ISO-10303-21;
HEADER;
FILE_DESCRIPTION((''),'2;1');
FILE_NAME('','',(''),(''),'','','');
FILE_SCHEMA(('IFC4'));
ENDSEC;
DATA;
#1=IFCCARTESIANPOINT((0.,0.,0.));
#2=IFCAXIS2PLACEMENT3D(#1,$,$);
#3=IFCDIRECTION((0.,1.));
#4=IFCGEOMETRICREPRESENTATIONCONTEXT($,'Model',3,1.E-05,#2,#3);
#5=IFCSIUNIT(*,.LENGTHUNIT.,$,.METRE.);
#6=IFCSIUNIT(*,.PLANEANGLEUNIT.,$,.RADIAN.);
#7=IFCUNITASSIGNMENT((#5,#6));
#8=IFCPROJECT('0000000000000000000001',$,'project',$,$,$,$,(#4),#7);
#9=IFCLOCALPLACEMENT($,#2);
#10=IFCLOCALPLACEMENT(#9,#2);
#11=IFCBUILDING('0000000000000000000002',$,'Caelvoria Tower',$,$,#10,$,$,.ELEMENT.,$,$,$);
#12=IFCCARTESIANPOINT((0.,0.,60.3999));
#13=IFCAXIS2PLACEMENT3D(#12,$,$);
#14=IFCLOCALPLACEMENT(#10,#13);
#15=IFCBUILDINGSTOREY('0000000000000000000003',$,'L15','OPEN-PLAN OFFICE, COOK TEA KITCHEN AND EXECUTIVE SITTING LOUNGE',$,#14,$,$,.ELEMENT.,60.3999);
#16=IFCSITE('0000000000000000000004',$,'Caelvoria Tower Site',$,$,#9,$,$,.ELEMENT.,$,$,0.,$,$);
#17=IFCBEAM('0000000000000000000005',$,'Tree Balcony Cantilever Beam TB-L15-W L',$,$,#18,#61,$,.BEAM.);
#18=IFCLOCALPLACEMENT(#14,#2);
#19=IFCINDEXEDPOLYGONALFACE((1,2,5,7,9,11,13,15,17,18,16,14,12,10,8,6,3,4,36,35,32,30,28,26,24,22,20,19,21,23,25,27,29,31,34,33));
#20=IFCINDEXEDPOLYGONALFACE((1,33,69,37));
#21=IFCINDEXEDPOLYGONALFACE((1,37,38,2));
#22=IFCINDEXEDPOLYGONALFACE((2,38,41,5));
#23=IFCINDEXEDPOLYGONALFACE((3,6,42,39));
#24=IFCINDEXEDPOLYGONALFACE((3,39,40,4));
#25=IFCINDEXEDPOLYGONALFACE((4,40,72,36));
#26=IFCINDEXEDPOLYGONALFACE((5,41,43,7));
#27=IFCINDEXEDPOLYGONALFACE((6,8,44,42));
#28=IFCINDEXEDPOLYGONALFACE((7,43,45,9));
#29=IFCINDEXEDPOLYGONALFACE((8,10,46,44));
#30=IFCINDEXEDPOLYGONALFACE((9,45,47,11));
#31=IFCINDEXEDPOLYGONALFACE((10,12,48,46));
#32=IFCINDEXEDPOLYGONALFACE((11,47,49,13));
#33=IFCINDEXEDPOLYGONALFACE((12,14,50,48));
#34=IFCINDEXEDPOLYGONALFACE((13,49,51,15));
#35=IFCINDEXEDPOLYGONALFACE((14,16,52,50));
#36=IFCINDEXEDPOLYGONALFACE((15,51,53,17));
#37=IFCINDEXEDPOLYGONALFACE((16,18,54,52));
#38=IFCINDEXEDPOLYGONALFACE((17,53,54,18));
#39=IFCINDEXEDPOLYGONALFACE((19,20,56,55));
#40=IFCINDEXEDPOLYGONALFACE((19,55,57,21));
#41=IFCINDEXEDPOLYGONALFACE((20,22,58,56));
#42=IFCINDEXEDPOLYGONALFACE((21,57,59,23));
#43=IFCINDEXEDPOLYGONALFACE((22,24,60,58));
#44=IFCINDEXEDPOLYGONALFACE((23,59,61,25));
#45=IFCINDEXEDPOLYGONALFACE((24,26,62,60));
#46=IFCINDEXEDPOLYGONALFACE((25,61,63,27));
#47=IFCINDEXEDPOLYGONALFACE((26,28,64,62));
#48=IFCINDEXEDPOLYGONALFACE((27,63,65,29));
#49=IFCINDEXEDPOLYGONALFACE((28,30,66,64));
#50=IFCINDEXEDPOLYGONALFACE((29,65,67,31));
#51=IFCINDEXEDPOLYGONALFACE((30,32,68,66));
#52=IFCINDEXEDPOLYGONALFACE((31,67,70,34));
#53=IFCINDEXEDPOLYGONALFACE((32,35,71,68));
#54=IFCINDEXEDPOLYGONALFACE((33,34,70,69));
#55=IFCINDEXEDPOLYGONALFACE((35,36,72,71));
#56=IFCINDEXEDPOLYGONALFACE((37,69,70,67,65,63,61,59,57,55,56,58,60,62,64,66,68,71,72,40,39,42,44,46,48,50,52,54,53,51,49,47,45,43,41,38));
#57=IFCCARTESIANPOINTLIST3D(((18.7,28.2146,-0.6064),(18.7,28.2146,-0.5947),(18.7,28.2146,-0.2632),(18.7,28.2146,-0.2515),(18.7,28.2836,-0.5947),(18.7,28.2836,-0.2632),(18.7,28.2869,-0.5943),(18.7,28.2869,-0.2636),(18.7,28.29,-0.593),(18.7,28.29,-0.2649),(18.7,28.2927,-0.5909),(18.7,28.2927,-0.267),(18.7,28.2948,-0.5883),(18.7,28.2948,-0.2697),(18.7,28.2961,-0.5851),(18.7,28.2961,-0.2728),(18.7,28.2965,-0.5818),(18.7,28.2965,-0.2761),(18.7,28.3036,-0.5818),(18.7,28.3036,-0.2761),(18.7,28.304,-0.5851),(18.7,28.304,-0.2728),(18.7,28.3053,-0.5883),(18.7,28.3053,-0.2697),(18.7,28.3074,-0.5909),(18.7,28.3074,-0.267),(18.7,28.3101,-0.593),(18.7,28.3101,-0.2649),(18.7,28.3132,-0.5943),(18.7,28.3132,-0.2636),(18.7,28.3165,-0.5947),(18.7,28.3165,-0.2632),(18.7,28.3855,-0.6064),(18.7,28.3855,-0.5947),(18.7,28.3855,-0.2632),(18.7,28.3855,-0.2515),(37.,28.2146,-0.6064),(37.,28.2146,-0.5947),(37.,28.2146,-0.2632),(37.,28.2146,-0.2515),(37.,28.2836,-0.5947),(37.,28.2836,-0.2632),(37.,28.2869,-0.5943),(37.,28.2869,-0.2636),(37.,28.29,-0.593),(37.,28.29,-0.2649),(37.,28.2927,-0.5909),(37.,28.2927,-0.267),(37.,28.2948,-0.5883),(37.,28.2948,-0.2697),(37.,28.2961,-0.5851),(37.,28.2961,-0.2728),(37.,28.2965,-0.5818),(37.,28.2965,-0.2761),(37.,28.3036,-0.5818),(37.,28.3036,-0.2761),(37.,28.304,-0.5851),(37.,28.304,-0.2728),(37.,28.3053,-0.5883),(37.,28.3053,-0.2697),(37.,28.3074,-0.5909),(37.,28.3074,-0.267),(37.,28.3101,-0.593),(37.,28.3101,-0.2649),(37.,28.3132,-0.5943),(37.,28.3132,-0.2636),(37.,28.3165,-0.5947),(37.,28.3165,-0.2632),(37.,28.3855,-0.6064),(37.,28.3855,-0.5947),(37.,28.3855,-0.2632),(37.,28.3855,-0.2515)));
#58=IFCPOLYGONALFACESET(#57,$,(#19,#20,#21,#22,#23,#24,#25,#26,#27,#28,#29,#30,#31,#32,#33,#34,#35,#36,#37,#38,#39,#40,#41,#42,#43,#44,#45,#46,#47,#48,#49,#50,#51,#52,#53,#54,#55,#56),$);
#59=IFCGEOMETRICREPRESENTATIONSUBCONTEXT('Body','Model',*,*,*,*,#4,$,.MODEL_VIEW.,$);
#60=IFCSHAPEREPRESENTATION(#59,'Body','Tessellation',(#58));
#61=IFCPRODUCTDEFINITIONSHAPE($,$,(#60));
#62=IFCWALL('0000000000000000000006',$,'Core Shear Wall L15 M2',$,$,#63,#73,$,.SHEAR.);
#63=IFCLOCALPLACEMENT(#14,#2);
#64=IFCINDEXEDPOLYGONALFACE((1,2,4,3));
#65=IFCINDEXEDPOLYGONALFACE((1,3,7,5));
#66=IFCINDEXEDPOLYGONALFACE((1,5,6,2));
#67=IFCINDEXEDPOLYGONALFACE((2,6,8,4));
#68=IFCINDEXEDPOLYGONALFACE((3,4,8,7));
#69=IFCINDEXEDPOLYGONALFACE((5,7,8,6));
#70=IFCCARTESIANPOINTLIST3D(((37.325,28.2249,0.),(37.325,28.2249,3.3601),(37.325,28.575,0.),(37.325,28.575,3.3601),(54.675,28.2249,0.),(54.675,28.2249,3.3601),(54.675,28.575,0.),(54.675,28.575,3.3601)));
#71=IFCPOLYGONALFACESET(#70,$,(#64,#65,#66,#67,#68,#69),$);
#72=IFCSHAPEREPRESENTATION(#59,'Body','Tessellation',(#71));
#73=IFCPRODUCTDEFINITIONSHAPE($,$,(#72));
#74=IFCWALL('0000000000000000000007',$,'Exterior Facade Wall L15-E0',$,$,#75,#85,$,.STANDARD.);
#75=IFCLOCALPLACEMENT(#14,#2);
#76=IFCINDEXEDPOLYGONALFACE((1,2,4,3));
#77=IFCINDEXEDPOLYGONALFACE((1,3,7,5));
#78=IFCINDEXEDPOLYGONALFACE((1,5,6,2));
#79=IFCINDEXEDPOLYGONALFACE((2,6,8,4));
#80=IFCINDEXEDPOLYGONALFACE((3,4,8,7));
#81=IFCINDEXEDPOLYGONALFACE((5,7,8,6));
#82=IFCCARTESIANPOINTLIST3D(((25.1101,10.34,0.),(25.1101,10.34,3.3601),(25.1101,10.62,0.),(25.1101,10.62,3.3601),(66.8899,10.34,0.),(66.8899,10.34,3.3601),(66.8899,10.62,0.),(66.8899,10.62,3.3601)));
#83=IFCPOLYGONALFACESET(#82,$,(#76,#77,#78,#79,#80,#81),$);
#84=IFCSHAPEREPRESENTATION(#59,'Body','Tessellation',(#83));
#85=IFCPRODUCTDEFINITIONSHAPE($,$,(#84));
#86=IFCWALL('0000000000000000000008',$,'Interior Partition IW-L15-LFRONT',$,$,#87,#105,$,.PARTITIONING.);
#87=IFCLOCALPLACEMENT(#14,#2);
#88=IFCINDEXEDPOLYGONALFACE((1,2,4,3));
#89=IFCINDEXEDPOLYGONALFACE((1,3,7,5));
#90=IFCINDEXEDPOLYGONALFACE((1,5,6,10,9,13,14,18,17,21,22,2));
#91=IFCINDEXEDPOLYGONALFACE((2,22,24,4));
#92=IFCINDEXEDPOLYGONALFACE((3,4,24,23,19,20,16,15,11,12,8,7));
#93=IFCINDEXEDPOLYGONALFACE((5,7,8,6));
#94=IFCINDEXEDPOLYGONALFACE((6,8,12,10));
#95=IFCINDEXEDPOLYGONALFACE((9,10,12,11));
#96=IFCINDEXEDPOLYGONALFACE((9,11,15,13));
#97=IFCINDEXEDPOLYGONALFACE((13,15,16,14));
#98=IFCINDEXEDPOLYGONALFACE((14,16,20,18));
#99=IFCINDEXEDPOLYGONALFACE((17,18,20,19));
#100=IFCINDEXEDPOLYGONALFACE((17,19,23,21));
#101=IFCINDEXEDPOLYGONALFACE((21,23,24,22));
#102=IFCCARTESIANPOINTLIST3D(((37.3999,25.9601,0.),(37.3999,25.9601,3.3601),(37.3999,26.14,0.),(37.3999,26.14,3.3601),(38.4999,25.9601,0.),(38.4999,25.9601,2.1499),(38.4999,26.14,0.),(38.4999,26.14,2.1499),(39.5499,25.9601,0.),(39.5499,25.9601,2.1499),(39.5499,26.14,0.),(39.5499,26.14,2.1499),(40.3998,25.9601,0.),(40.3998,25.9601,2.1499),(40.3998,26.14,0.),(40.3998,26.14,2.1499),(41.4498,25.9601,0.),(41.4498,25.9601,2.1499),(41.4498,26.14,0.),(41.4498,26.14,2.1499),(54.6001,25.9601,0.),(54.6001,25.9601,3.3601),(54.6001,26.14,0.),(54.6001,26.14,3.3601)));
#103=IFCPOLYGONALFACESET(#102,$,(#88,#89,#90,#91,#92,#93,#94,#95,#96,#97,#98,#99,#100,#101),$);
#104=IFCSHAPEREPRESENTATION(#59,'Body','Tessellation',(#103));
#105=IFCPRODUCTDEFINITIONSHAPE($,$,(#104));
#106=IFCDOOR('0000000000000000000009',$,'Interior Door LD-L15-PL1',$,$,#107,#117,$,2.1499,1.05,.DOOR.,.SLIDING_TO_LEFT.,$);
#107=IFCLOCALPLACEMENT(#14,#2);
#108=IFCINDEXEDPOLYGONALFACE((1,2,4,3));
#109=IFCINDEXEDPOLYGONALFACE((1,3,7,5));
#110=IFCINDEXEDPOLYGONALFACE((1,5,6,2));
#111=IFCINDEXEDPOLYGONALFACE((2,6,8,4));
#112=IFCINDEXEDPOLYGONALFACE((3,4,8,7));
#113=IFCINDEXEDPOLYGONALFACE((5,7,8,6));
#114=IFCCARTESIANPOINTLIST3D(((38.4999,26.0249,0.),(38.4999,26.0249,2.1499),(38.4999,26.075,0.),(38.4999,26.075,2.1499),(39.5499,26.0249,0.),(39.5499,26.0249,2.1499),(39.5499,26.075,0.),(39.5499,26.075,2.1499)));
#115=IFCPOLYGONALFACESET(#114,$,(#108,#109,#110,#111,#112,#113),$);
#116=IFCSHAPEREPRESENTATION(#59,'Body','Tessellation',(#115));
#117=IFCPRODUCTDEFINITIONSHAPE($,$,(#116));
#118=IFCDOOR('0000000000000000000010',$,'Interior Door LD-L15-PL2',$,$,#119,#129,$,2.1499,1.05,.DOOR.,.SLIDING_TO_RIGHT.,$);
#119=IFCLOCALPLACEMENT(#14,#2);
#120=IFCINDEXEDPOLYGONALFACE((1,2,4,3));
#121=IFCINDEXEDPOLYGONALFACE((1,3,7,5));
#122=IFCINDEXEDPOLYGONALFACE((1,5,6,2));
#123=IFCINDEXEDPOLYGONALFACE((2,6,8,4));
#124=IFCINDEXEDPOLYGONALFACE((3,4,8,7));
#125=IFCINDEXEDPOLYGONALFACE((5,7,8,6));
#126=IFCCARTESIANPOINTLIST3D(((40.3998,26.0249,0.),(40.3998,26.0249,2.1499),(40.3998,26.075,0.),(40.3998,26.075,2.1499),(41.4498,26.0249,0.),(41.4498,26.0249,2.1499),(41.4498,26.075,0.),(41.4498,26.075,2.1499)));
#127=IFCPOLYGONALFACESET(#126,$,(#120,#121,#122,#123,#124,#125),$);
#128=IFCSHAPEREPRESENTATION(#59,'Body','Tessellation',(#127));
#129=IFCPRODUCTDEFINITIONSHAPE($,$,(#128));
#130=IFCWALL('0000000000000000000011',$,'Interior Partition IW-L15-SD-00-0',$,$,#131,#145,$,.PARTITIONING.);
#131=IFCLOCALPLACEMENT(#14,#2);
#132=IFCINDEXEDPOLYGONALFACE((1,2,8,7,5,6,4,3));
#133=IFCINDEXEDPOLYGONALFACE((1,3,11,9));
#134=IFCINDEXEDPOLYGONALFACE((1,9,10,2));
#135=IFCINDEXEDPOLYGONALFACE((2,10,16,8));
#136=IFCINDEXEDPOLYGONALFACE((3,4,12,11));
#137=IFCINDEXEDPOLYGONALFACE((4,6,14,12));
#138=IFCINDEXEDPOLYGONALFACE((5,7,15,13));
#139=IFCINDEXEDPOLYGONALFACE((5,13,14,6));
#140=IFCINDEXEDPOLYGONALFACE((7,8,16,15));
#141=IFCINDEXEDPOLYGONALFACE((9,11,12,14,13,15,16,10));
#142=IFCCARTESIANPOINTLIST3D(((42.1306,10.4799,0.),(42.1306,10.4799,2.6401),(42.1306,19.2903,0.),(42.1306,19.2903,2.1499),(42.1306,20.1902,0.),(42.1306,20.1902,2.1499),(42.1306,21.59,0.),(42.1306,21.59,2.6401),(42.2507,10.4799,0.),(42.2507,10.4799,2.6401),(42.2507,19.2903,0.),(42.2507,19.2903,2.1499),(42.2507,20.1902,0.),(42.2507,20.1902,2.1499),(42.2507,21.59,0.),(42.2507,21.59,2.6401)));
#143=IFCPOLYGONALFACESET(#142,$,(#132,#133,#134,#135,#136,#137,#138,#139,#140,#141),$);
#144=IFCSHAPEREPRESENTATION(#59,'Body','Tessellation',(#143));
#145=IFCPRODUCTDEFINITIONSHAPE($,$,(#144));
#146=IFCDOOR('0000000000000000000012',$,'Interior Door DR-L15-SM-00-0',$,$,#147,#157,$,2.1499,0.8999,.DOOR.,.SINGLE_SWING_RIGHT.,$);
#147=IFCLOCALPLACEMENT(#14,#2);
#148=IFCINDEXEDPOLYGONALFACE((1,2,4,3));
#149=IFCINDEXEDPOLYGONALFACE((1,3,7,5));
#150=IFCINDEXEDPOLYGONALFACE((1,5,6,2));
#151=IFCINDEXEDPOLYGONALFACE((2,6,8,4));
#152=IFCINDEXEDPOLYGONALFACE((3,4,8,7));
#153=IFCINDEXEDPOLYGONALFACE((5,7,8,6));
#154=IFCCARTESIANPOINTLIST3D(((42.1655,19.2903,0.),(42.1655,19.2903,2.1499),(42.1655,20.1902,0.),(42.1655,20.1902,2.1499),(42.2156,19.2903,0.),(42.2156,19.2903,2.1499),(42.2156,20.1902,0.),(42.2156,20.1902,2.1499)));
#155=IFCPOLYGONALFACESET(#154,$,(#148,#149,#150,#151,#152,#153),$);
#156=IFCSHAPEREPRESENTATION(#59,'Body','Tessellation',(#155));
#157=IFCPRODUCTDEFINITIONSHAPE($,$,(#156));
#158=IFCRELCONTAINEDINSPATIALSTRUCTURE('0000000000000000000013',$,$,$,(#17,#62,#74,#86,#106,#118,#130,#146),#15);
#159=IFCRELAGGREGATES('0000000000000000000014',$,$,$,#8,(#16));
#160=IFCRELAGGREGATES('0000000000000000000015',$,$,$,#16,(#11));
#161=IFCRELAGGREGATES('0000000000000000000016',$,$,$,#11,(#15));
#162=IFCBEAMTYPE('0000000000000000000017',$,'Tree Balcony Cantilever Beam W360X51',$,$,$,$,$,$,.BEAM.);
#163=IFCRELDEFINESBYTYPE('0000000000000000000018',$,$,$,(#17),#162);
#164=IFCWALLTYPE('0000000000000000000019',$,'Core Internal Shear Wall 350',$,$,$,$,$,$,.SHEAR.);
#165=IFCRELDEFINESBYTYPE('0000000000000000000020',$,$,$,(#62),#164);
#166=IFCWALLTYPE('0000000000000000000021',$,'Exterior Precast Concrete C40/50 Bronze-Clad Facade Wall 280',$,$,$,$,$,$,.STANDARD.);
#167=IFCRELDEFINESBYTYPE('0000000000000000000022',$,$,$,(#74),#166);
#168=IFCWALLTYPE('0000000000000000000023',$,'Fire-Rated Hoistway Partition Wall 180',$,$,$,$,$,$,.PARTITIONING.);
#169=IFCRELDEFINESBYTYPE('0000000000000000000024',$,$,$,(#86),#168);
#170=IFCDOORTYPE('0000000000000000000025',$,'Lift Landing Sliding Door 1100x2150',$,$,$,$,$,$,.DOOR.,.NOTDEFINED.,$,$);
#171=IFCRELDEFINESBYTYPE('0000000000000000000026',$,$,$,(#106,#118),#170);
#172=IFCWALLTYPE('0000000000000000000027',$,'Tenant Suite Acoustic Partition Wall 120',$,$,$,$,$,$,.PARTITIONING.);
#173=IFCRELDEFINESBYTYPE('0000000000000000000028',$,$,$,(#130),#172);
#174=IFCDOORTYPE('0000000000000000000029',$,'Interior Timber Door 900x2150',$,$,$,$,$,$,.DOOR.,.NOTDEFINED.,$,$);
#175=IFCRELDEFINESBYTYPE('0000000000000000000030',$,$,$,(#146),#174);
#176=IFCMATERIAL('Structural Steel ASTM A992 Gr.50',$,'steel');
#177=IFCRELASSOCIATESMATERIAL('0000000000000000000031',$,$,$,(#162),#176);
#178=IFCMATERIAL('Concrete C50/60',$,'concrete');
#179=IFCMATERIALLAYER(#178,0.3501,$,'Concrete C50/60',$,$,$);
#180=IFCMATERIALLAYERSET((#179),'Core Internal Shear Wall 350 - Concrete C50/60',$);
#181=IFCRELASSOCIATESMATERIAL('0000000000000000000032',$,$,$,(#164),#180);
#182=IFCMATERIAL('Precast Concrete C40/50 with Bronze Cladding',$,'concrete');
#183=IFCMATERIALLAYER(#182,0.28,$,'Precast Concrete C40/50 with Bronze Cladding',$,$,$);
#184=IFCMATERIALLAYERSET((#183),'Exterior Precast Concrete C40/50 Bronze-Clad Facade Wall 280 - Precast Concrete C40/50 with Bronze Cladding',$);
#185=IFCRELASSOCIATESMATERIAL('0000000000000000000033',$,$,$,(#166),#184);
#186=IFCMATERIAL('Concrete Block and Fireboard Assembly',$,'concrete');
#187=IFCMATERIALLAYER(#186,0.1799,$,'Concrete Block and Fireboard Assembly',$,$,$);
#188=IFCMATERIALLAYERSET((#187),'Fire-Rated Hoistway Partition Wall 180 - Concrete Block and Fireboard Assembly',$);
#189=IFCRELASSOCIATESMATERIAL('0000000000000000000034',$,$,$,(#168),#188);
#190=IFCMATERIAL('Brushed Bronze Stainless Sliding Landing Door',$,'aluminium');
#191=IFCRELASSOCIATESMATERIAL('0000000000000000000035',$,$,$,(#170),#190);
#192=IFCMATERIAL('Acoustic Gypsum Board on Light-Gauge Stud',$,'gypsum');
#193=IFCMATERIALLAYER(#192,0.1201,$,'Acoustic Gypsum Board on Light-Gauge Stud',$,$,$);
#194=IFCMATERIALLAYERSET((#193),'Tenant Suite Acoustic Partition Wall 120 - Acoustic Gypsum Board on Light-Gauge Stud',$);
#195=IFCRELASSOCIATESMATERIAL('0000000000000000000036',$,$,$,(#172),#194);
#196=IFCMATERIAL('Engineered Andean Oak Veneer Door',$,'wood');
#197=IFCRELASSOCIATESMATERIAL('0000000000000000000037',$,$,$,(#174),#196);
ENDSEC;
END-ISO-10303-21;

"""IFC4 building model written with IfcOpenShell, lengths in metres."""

from ifc_helpers import new_model, si_unit, direction, frame, frame_2d, origin, origin_2d, place, context, subcontext, project, spatial, rectangle, i_section, extrude, material, layer, layer_set, material_profile, profile_set, type_object, element, fill, save


model = new_model("IFC4")

# Units and contexts
model_context = context("Model", 3, precision=1e-05, world=origin(), true_north=direction((0.0, 1.0)))
body_context = subcontext(model_context, "Body", "Model", "MODEL_VIEW")
ifc_project = project(units=[si_unit("LENGTHUNIT", "METRE"), si_unit("PLANEANGLEUNIT", "RADIAN")], contexts=[model_context])

# Site, building, storey
site_placement = place(None, origin())
site = spatial("IfcSite", under=ifc_project, at=site_placement, Name="Caelvoria Tower Site", CompositionType="ELEMENT", RefElevation=0.0)
building_placement = place(site_placement, origin())
building = spatial("IfcBuilding", under=site, at=building_placement, Name="Caelvoria Tower", CompositionType="ELEMENT")
storey_placement = place(building_placement, frame((0.0, 0.0, 60.3999)))
storey = spatial("IfcBuildingStorey", under=building, at=storey_placement, Name="L15", Description="OPEN-PLAN OFFICE, COOK TEA KITCHEN AND EXECUTIVE SITTING LOUNGE", CompositionType="ELEMENT", Elevation=60.3999)

# Beam
ifc_material_1 = material(Name="Structural Steel ASTM A992 Gr.50", Category="steel")
ifc_material_profile_1 = material_profile(ifc_material_1, i_section(OverallWidth=0.1709, OverallDepth=0.355, WebThickness=0.0071, FlangeThickness=0.0117, FilletRadius=0.0129, at=origin_2d()), Name="Structural Steel ASTM A992 Gr.50")
ifc_profile_set_1 = profile_set([ifc_material_profile_1], Name="W360X51 - Structural Steel ASTM A992 Gr.50")
beam_type_1 = type_object("IfcBeamType", Name="Tree Balcony Cantilever Beam W360X51", PredefinedType="BEAM", material=ifc_profile_set_1)
beam_1_placement = place(storey_placement, frame((37.0, 28.3, -0.429), z_axis=(-1.0, 0.0, 0.0), x_axis=(0.0, -1.0, 0.0)))
element("IfcBeam", 1, at=beam_1_placement, inside=storey, type_object=beam_type_1, Name="Tree Balcony Cantilever Beam TB-L15-W L", PredefinedType="BEAM", context=body_context, shape_type="SweptSolid", body=[
    extrude(i_section(OverallWidth=0.1709, OverallDepth=0.355, WebThickness=0.0071, FlangeThickness=0.0117, FilletRadius=0.0129, at=origin_2d()), origin(), (0.0, 0.0, 1.0), 18.3),
])

# Walls
ifc_material_2 = material(Name="Concrete C50/60", Category="concrete")
ifc_layer_1 = layer(ifc_material_2, 0.3501, Name="Concrete C50/60")
ifc_layer_set_1 = layer_set([ifc_layer_1], Name="Core Internal Shear Wall 350 - Concrete C50/60")
wall_type_1 = type_object("IfcWallType", Name="Core Internal Shear Wall 350", PredefinedType="SHEAR", material=ifc_layer_set_1)
wall_1_placement = place(storey_placement, frame((37.325, 28.3999, 0.0), z_axis=(0.0, 0.0, 1.0), x_axis=(1.0, 0.0, 0.0)))
element("IfcWall", 2, at=wall_1_placement, inside=storey, type_object=wall_type_1, Name="Core Shear Wall L15 M2", PredefinedType="SHEAR", context=body_context, shape_type="SweptSolid", body=[
    extrude(rectangle(XDim=17.3501, YDim=0.3501, at=frame_2d((8.675, 0.0))), origin(), (0.0, 0.0, 1.0), 3.3601),
])
ifc_material_3 = material(Name="Precast Concrete C40/50 with Bronze Cladding", Category="concrete")
ifc_layer_2 = layer(ifc_material_3, 0.28, Name="Precast Concrete C40/50 with Bronze Cladding")
ifc_layer_set_2 = layer_set([ifc_layer_2], Name="Exterior Precast Concrete C40/50 Bronze-Clad Facade Wall 280 - Precast Concrete C40/50 with Bronze Cladding")
wall_type_2 = type_object("IfcWallType", Name="Exterior Precast Concrete C40/50 Bronze-Clad Facade Wall 280", PredefinedType="STANDARD", material=ifc_layer_set_2)
wall_2_placement = place(storey_placement, frame((25.1101, 10.48, 0.0), z_axis=(0.0, 0.0, 1.0), x_axis=(1.0, 0.0, 0.0)))
element("IfcWall", 3, at=wall_2_placement, inside=storey, type_object=wall_type_2, Name="Exterior Facade Wall L15-E0", PredefinedType="STANDARD", context=body_context, shape_type="SweptSolid", body=[
    extrude(rectangle(XDim=41.7798, YDim=0.28, at=frame_2d((20.8899, 0.0))), origin(), (0.0, 0.0, 1.0), 3.3601),
])

# Wall, openings, doors
ifc_material_4 = material(Name="Concrete Block and Fireboard Assembly", Category="concrete")
ifc_layer_3 = layer(ifc_material_4, 0.1799, Name="Concrete Block and Fireboard Assembly")
ifc_layer_set_3 = layer_set([ifc_layer_3], Name="Fire-Rated Hoistway Partition Wall 180 - Concrete Block and Fireboard Assembly")
wall_type_3 = type_object("IfcWallType", Name="Fire-Rated Hoistway Partition Wall 180", PredefinedType="PARTITIONING", material=ifc_layer_set_3)
wall_3_placement = place(storey_placement, frame((37.3999, 26.05, 0.0), z_axis=(0.0, 0.0, 1.0), x_axis=(1.0, 0.0, 0.0)))
wall_3 = element("IfcWall", 4, at=wall_3_placement, inside=storey, type_object=wall_type_3, Name="Interior Partition IW-L15-LFRONT", PredefinedType="PARTITIONING", context=body_context, shape_type="SweptSolid", body=[
    extrude(rectangle(XDim=17.2002, YDim=0.1799, at=frame_2d((8.6001, 0.0))), origin(), (0.0, 0.0, 1.0), 3.3601),
])
opening_1_placement = place(wall_3_placement, frame((1.1001, 0.0, 0.0)))
opening_1 = element("IfcOpeningElement", 5, at=opening_1_placement, cuts=wall_3, PredefinedType="OPENING", context=body_context, shape_type="SweptSolid", body=[
    extrude(rectangle(XDim=1.05, YDim=2.1499, at=frame_2d((0.5249, 1.075))), frame((0.0, 0.0999, 0.0), z_axis=(0.0, -1.0, 0.0), x_axis=(1.0, 0.0, 0.0)), (0.0, 0.0, 1.0), 0.2),
])
opening_2_placement = place(wall_3_placement, frame((3.0, 0.0, 0.0)))
opening_2 = element("IfcOpeningElement", 6, at=opening_2_placement, cuts=wall_3, PredefinedType="OPENING", context=body_context, shape_type="SweptSolid", body=[
    extrude(rectangle(XDim=1.05, YDim=2.1499, at=frame_2d((0.5249, 1.075))), frame((0.0, 0.0999, 0.0), z_axis=(0.0, -1.0, 0.0), x_axis=(1.0, 0.0, 0.0)), (0.0, 0.0, 1.0), 0.2),
])
ifc_material_5 = material(Name="Brushed Bronze Stainless Sliding Landing Door", Category="aluminium")
door_type_1 = type_object("IfcDoorType", Name="Lift Landing Sliding Door 1100x2150", OperationType="NOTDEFINED", PredefinedType="DOOR", material=ifc_material_5)
door_1_placement = place(opening_1_placement, origin())
door_1 = element("IfcDoor", 7, at=door_1_placement, inside=storey, type_object=door_type_1, Name="Interior Door LD-L15-PL1", OperationType="SLIDING_TO_LEFT", OverallHeight=2.1499, OverallWidth=1.05, PredefinedType="DOOR", context=body_context, shape_type="SweptSolid", body=[
    extrude(rectangle(XDim=1.05, YDim=2.1499, at=frame_2d((0.5249, 1.075))), frame((0.0, 0.0249, 0.0), z_axis=(0.0, -1.0, 0.0), x_axis=(1.0, 0.0, 0.0)), (0.0, 0.0, 1.0), 0.05),
])
fill(opening_1, door_1)
door_2_placement = place(opening_2_placement, origin())
door_2 = element("IfcDoor", 8, at=door_2_placement, inside=storey, type_object=door_type_1, Name="Interior Door LD-L15-PL2", OperationType="SLIDING_TO_RIGHT", OverallHeight=2.1499, OverallWidth=1.05, PredefinedType="DOOR", context=body_context, shape_type="SweptSolid", body=[
    extrude(rectangle(XDim=1.05, YDim=2.1499, at=frame_2d((0.5249, 1.075))), frame((0.0, 0.0249, 0.0), z_axis=(0.0, -1.0, 0.0), x_axis=(1.0, 0.0, 0.0)), (0.0, 0.0, 1.0), 0.05),
])
fill(opening_2, door_2)

# Wall, opening, door
ifc_material_6 = material(Name="Acoustic Gypsum Board on Light-Gauge Stud", Category="gypsum")
ifc_layer_4 = layer(ifc_material_6, 0.1201, Name="Acoustic Gypsum Board on Light-Gauge Stud")
ifc_layer_set_4 = layer_set([ifc_layer_4], Name="Tenant Suite Acoustic Partition Wall 120 - Acoustic Gypsum Board on Light-Gauge Stud")
wall_type_4 = type_object("IfcWallType", Name="Tenant Suite Acoustic Partition Wall 120", PredefinedType="PARTITIONING", material=ifc_layer_set_4)
wall_4_placement = place(storey_placement, frame((42.1907, 21.5901, 0.0), z_axis=(0.0, 0.0, 1.0), x_axis=(0.0, -1.0, 0.0)))
wall_4 = element("IfcWall", 9, at=wall_4_placement, inside=storey, type_object=wall_type_4, Name="Interior Partition IW-L15-SD-00-0", PredefinedType="PARTITIONING", context=body_context, shape_type="SweptSolid", body=[
    extrude(rectangle(XDim=11.1101, YDim=0.1201, at=frame_2d((5.5552, 0.0))), origin(), (0.0, 0.0, 1.0), 2.6401),
])
opening_3_placement = place(wall_4_placement, frame((1.3999, 0.0, 0.0)))
opening_3 = element("IfcOpeningElement", 10, at=opening_3_placement, cuts=wall_4, PredefinedType="OPENING", context=body_context, shape_type="SweptSolid", body=[
    extrude(rectangle(XDim=0.8999, YDim=2.1499, at=frame_2d((0.45, 1.075))), frame((0.0, 0.0701, 0.0), z_axis=(0.0, -1.0, 0.0), x_axis=(1.0, 0.0, 0.0)), (0.0, 0.0, 1.0), 0.1401),
])
ifc_material_7 = material(Name="Engineered Andean Oak Veneer Door", Category="wood")
door_type_2 = type_object("IfcDoorType", Name="Interior Timber Door 900x2150", OperationType="NOTDEFINED", PredefinedType="DOOR", material=ifc_material_7)
door_3_placement = place(opening_3_placement, origin())
door_3 = element("IfcDoor", 11, at=door_3_placement, inside=storey, type_object=door_type_2, Name="Interior Door DR-L15-SM-00-0", OperationType="SINGLE_SWING_RIGHT", OverallHeight=2.1499, OverallWidth=0.8999, PredefinedType="DOOR", context=body_context, shape_type="SweptSolid", body=[
    extrude(rectangle(XDim=0.8999, YDim=2.1499, at=frame_2d((0.45, 1.075))), frame((0.0, 0.0249, 0.0), z_axis=(0.0, -1.0, 0.0), x_axis=(1.0, 0.0, 0.0)), (0.0, 0.0, 1.0), 0.05),
])
fill(opening_3, door_3)

save(model, "model.ifc")
